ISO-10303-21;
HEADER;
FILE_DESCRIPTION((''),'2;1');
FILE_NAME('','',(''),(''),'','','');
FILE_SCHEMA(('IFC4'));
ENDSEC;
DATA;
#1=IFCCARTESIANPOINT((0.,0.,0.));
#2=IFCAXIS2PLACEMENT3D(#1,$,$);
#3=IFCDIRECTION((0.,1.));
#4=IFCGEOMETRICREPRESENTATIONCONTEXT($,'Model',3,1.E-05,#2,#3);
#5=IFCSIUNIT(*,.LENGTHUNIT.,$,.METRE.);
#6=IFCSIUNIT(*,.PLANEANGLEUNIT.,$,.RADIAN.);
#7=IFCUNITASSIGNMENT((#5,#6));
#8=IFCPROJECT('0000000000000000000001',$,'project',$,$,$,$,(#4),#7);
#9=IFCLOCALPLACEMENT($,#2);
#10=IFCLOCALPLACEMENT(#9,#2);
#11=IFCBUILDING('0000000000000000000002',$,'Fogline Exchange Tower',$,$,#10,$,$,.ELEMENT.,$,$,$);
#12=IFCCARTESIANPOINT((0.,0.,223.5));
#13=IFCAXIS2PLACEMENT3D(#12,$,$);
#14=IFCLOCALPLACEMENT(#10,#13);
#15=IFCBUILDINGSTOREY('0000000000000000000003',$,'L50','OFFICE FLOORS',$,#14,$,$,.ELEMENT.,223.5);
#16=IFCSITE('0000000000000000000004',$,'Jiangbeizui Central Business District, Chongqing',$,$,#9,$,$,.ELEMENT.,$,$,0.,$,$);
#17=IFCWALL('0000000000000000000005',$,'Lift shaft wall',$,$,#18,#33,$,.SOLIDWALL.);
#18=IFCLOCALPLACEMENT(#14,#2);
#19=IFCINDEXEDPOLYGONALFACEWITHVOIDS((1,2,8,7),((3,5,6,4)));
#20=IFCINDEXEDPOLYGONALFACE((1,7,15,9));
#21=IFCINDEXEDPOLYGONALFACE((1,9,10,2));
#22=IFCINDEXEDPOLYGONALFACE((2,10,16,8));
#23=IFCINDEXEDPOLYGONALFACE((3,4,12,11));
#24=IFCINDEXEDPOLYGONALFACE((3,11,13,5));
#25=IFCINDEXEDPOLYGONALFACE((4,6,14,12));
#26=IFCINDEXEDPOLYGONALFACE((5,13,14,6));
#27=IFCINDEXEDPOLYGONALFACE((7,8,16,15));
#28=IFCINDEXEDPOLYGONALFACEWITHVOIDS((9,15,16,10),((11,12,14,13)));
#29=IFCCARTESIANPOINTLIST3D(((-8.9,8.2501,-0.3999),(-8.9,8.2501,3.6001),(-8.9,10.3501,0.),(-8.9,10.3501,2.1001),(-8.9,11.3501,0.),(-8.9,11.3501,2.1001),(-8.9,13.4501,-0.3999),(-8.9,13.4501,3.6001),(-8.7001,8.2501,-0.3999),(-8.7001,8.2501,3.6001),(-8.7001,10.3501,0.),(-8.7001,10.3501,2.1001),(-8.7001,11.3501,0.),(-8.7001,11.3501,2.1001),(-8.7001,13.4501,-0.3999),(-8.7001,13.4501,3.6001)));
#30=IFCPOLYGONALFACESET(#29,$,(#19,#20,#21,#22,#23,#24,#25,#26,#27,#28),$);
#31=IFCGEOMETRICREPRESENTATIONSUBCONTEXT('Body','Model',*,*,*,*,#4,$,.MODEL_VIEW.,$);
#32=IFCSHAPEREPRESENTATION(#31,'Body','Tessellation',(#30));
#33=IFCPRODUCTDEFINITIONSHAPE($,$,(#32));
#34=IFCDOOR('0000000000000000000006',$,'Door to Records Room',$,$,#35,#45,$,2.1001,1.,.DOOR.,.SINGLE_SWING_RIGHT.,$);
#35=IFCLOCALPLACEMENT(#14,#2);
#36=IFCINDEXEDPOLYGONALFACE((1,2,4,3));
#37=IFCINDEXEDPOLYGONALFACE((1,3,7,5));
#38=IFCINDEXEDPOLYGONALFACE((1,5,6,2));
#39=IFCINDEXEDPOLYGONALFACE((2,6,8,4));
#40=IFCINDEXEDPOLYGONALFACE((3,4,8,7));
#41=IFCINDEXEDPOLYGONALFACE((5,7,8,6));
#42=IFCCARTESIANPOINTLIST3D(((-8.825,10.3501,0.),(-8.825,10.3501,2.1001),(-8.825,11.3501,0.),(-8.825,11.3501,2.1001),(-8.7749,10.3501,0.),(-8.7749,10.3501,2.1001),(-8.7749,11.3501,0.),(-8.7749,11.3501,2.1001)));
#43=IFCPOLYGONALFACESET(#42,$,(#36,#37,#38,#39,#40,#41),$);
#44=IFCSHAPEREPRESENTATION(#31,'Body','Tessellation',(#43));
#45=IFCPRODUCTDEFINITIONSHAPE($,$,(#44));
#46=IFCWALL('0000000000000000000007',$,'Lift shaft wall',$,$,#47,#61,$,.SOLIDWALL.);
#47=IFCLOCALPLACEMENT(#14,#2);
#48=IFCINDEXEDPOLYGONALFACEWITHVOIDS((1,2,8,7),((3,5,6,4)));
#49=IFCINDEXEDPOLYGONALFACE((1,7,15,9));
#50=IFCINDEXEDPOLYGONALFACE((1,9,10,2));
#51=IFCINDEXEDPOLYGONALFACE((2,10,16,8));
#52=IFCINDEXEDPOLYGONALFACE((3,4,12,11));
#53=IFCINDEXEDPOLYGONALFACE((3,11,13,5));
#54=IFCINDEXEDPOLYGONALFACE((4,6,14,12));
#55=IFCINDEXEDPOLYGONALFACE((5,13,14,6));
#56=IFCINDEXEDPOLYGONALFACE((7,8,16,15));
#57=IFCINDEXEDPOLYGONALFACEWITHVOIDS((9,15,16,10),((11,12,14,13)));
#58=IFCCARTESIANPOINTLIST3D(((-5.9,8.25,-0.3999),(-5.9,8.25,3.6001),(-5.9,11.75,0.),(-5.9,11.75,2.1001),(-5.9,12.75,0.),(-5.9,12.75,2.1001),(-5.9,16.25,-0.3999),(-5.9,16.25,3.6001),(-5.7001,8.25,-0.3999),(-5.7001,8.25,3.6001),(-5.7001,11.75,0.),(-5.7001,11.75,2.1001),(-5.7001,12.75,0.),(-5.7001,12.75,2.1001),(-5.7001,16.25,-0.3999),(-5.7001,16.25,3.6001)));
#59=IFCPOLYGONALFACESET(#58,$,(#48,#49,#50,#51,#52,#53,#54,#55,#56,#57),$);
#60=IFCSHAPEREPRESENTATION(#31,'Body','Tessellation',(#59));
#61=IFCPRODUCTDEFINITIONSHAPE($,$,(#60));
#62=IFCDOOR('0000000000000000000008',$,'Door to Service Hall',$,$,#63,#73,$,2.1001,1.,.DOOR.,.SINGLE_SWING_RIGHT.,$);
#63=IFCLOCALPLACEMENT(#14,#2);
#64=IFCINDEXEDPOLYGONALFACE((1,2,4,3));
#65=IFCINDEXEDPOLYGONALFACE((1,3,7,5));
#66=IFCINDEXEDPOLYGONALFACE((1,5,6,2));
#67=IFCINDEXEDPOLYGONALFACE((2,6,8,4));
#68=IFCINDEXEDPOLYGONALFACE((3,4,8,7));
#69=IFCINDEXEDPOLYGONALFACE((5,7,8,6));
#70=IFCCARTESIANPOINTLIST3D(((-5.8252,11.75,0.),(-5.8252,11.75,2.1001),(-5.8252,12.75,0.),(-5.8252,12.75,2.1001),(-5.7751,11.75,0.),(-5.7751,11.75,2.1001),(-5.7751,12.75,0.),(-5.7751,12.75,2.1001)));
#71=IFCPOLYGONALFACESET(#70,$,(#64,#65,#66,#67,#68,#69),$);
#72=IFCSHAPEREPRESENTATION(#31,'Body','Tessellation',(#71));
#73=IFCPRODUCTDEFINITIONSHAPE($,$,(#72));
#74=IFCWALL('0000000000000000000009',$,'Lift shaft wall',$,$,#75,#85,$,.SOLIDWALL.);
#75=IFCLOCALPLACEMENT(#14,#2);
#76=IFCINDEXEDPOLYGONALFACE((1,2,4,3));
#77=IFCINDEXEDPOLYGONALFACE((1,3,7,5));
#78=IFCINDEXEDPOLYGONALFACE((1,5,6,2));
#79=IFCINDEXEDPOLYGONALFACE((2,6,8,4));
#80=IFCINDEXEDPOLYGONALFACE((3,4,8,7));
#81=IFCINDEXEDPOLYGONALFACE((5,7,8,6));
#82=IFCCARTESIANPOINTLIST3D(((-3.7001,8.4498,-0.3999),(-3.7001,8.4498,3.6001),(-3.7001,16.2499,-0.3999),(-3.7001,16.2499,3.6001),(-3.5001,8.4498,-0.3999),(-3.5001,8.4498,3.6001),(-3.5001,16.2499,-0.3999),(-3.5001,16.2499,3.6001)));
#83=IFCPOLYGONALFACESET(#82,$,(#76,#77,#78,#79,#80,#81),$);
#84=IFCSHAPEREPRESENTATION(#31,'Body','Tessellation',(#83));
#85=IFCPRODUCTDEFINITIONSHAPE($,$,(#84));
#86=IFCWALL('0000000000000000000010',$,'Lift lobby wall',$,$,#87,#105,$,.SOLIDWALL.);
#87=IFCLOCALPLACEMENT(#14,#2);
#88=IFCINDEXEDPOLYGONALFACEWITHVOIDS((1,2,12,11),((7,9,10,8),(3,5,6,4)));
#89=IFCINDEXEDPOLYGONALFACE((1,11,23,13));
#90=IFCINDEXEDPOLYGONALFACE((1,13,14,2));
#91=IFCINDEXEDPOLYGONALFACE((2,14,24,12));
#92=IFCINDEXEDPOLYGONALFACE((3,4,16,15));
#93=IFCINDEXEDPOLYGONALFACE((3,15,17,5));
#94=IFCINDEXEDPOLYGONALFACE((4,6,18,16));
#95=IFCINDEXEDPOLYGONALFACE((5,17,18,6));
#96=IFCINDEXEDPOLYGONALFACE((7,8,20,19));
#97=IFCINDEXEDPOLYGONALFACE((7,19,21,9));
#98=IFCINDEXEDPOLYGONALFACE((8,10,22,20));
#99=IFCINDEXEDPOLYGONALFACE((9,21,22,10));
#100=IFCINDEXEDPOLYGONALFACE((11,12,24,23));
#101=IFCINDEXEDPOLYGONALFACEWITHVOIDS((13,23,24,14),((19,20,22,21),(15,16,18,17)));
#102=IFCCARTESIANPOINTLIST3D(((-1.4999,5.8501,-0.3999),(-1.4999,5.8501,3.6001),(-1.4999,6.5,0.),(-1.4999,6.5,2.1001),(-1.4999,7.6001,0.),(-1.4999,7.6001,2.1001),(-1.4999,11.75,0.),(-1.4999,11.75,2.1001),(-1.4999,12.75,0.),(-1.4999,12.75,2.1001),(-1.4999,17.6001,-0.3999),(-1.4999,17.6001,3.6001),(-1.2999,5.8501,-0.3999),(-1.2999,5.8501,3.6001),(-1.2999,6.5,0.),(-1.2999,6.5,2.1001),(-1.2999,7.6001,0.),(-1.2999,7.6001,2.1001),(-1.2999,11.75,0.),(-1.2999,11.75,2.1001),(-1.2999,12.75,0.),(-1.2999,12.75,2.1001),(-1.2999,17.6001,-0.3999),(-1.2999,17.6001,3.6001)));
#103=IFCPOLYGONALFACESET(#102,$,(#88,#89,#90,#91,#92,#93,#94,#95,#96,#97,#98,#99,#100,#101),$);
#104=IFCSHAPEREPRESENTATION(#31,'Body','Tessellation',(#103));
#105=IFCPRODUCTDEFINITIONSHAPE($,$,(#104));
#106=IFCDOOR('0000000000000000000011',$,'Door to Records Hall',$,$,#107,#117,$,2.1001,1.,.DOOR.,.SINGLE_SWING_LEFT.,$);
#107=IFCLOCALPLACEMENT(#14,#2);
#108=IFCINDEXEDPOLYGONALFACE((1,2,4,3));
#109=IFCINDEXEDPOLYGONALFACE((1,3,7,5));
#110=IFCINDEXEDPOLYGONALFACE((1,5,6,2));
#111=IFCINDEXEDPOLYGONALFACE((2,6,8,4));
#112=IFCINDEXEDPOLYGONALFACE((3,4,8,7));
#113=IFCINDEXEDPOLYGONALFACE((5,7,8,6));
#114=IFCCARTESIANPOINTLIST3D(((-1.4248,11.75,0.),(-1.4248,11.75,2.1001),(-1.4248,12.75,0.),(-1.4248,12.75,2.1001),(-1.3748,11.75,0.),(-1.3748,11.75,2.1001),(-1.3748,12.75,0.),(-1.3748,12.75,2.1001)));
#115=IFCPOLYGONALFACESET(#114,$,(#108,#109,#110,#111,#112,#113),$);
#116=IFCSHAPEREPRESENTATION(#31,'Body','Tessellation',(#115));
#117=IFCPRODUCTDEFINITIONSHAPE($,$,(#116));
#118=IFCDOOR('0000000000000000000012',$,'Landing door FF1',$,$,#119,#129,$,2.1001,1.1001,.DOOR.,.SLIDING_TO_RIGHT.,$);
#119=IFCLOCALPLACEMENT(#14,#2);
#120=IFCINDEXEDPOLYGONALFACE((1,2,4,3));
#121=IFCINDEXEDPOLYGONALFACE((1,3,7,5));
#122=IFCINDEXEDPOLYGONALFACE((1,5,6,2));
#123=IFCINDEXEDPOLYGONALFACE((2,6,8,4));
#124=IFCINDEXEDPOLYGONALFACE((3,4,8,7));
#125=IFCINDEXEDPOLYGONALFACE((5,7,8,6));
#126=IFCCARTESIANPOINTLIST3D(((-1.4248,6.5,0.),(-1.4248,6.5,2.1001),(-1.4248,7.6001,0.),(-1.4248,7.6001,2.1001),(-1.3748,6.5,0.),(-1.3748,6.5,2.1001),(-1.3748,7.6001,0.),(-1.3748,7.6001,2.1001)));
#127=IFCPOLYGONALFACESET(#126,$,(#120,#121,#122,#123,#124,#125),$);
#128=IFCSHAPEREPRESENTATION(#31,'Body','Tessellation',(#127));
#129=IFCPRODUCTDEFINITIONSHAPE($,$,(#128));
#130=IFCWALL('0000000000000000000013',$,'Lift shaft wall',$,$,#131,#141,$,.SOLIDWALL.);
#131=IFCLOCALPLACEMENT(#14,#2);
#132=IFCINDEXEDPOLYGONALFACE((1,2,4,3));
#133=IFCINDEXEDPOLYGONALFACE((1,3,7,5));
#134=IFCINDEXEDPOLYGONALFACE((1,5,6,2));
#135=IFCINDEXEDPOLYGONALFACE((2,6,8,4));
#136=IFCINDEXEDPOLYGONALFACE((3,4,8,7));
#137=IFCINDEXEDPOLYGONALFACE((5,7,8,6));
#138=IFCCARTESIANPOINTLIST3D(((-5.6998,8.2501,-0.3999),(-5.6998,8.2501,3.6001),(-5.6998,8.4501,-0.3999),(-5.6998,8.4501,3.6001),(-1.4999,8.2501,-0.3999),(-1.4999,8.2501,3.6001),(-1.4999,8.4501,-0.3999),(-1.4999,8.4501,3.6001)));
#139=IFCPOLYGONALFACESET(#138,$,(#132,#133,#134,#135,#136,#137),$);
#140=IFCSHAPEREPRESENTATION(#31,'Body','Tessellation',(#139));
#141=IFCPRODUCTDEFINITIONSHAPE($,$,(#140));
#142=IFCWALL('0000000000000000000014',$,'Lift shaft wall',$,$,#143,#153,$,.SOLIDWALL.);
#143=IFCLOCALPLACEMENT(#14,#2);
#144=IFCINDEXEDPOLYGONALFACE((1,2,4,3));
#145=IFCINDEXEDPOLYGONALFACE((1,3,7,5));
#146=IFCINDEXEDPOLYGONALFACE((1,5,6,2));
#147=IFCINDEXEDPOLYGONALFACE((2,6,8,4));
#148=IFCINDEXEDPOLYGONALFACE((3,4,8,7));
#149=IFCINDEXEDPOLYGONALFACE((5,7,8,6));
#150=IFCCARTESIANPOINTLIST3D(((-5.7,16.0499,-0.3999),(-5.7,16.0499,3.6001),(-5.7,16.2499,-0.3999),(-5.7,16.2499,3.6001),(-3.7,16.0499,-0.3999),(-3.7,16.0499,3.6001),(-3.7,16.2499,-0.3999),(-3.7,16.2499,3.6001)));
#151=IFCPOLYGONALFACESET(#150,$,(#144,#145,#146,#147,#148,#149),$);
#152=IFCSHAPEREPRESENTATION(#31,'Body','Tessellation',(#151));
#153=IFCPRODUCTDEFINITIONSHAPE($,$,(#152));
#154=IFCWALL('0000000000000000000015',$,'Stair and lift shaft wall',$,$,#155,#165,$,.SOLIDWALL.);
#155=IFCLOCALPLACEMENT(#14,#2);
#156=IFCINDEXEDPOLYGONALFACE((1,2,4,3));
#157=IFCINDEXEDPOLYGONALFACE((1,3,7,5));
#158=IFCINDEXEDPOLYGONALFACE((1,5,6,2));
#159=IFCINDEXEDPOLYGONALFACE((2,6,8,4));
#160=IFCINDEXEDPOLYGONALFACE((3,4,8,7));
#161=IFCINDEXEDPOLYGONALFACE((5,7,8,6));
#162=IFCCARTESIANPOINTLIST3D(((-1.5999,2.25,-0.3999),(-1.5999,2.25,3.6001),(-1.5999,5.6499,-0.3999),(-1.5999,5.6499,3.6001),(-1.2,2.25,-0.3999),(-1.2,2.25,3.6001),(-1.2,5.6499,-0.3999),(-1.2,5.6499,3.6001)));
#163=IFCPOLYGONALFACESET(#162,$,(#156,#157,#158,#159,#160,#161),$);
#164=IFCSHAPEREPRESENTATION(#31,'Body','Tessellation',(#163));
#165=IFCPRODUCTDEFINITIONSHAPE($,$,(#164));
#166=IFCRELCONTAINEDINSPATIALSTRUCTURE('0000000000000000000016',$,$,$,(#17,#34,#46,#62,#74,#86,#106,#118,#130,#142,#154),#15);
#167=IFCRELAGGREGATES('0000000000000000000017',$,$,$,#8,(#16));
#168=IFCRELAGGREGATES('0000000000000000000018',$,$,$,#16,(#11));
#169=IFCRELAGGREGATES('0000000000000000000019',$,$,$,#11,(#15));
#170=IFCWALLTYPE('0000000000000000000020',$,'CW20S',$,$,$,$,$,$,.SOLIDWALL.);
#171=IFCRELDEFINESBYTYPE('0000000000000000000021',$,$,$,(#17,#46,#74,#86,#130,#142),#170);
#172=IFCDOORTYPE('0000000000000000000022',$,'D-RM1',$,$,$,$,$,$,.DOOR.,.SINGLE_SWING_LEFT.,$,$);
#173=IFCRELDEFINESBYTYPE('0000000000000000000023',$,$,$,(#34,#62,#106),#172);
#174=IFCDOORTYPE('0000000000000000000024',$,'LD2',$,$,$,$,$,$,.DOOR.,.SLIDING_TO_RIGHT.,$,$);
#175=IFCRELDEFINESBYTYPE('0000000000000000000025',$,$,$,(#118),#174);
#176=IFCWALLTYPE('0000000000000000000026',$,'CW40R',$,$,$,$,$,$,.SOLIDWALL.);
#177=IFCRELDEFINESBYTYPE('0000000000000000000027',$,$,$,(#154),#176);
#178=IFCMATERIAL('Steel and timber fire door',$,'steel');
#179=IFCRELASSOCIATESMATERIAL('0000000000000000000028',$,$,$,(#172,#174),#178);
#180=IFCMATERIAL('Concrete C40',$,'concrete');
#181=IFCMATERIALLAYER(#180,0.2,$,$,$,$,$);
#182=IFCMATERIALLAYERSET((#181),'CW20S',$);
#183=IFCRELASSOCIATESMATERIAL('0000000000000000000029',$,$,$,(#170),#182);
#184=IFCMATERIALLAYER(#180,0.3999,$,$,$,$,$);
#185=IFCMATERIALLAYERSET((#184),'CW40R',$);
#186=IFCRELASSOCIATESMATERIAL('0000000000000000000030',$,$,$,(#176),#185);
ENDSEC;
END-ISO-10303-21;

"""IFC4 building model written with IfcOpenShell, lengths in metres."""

from ifc_helpers import new_model, si_unit, direction, frame, frame_2d, origin, place, context, subcontext, project, spatial, rectangle, extrude, material, layer, layer_set, type_object, element, fill, save


model = new_model("IFC4")

# Units and contexts
model_context = context("Model", 3, precision=1e-05, world=origin(), true_north=direction((0.0, 1.0)))
body_context = subcontext(model_context, "Body", "Model", "MODEL_VIEW")
ifc_project = project(units=[si_unit("LENGTHUNIT", "METRE"), si_unit("PLANEANGLEUNIT", "RADIAN")], contexts=[model_context])

# Site, building, storey
site_placement = place(None, origin())
site = spatial("IfcSite", under=ifc_project, at=site_placement, Name="Jiangbeizui Central Business District, Chongqing", CompositionType="ELEMENT", RefElevation=0.0)
building_placement = place(site_placement, origin())
building = spatial("IfcBuilding", under=site, at=building_placement, Name="Fogline Exchange Tower", CompositionType="ELEMENT")
storey_placement = place(building_placement, frame((0.0, 0.0, 223.5)))
storey = spatial("IfcBuildingStorey", under=building, at=storey_placement, Name="L50", Description="OFFICE FLOORS", CompositionType="ELEMENT", Elevation=223.5)

# Shared definitions
ifc_material_1 = material(Name="Steel and timber fire door", Category="steel")

# Walls, openings, doors
ifc_material_2 = material(Name="Concrete C40", Category="concrete")
door_type_1 = type_object("IfcDoorType", Name="D-RM1", OperationType="SINGLE_SWING_LEFT", PredefinedType="DOOR", material=ifc_material_1)
ifc_layer_1 = layer(ifc_material_2, 0.2)
ifc_layer_set_1 = layer_set([ifc_layer_1], Name="CW20S")
wall_type_1 = type_object("IfcWallType", Name="CW20S", PredefinedType="SOLIDWALL", material=ifc_layer_set_1)
wall_1_placement = place(storey_placement, frame((-8.8, 8.25, -0.3999), z_axis=(0.0, 0.0, 1.0), x_axis=(0.0, 1.0, 0.0)))
wall_1 = element("IfcWall", 1, at=wall_1_placement, inside=storey, type_object=wall_type_1, Name="Lift shaft wall", PredefinedType="SOLIDWALL", context=body_context, shape_type="SweptSolid", body=[
    extrude(rectangle(XDim=5.2, YDim=0.2, at=frame_2d((2.6001, 0.0))), origin(), (0.0, 0.0, 1.0), 4.0),
])
opening_1_placement = place(wall_1_placement, frame((2.1001, 0.0, 0.3999)))
opening_1 = element("IfcOpeningElement", 2, at=opening_1_placement, cuts=wall_1, PredefinedType="OPENING", context=body_context, shape_type="SweptSolid", body=[
    extrude(rectangle(XDim=1.0, YDim=2.1001, at=frame_2d((0.5, 1.05))), frame((0.0, 0.1099, 0.0), z_axis=(0.0, -1.0, 0.0), x_axis=(1.0, 0.0, 0.0)), (0.0, 0.0, 1.0), 0.22),
])
door_1_placement = place(opening_1_placement, origin())
door_1 = element("IfcDoor", 3, at=door_1_placement, inside=storey, type_object=door_type_1, Name="Door to Records Room", OperationType="SINGLE_SWING_RIGHT", OverallHeight=2.1001, OverallWidth=1.0, PredefinedType="DOOR", context=body_context, shape_type="SweptSolid", body=[
    extrude(rectangle(XDim=1.0, YDim=2.1001, at=frame_2d((0.5, 1.05))), frame((0.0, 0.0249, 0.0), z_axis=(0.0, -1.0, 0.0), x_axis=(1.0, 0.0, 0.0)), (0.0, 0.0, 1.0), 0.05),
])
fill(opening_1, door_1)
wall_2_placement = place(storey_placement, frame((-5.8, 8.25, -0.3999), z_axis=(0.0, 0.0, 1.0), x_axis=(0.0, 1.0, 0.0)))
wall_2 = element("IfcWall", 4, at=wall_2_placement, inside=storey, type_object=wall_type_1, Name="Lift shaft wall", PredefinedType="SOLIDWALL", context=body_context, shape_type="SweptSolid", body=[
    extrude(rectangle(XDim=8.0, YDim=0.2, at=frame_2d((4.0, 0.0))), origin(), (0.0, 0.0, 1.0), 4.0),
])
opening_2_placement = place(wall_2_placement, frame((3.5, 0.0, 0.3999)))
opening_2 = element("IfcOpeningElement", 5, at=opening_2_placement, cuts=wall_2, PredefinedType="OPENING", context=body_context, shape_type="SweptSolid", body=[
    extrude(rectangle(XDim=1.0, YDim=2.1001, at=frame_2d((0.5, 1.05))), frame((0.0, 0.1099, 0.0), z_axis=(0.0, -1.0, 0.0), x_axis=(1.0, 0.0, 0.0)), (0.0, 0.0, 1.0), 0.22),
])
door_2_placement = place(opening_2_placement, frame((1.0, 0.0, 0.0), z_axis=(0.0, 0.0, 1.0), x_axis=(-1.0, 0.0, 0.0)))
door_2 = element("IfcDoor", 6, at=door_2_placement, inside=storey, type_object=door_type_1, Name="Door to Service Hall", OperationType="SINGLE_SWING_RIGHT", OverallHeight=2.1001, OverallWidth=1.0, PredefinedType="DOOR", context=body_context, shape_type="SweptSolid", body=[
    extrude(rectangle(XDim=1.0, YDim=2.1001, at=frame_2d((0.5, 1.05))), frame((0.0, 0.0249, 0.0), z_axis=(0.0, -1.0, 0.0), x_axis=(1.0, 0.0, 0.0)), (0.0, 0.0, 1.0), 0.05),
])
fill(opening_2, door_2)

# Wall
wall_3_placement = place(storey_placement, frame((-3.6001, 8.45, -0.3999), z_axis=(0.0, 0.0, 1.0), x_axis=(0.0, 1.0, 0.0)))
element("IfcWall", 7, at=wall_3_placement, inside=storey, type_object=wall_type_1, Name="Lift shaft wall", PredefinedType="SOLIDWALL", context=body_context, shape_type="SweptSolid", body=[
    extrude(rectangle(XDim=7.8, YDim=0.2, at=frame_2d((3.8999, 0.0))), origin(), (0.0, 0.0, 1.0), 4.0),
])

# Wall, openings, doors
wall_4_placement = place(storey_placement, frame((-1.3999, 5.8501, -0.3999), z_axis=(0.0, 0.0, 1.0), x_axis=(0.0, 1.0, 0.0)))
wall_4 = element("IfcWall", 8, at=wall_4_placement, inside=storey, type_object=wall_type_1, Name="Lift lobby wall", PredefinedType="SOLIDWALL", context=body_context, shape_type="SweptSolid", body=[
    extrude(rectangle(XDim=11.75, YDim=0.2, at=frame_2d((5.875, 0.0))), origin(), (0.0, 0.0, 1.0), 4.0),
])
opening_3_placement = place(wall_4_placement, frame((0.6499, 0.0, 0.3999)))
opening_3 = element("IfcOpeningElement", 9, at=opening_3_placement, cuts=wall_4, PredefinedType="OPENING", context=body_context, shape_type="SweptSolid", body=[
    extrude(rectangle(XDim=1.1001, YDim=2.1001, at=frame_2d((0.55, 1.05))), frame((0.0, 0.1099, 0.0), z_axis=(0.0, -1.0, 0.0), x_axis=(1.0, 0.0, 0.0)), (0.0, 0.0, 1.0), 0.22),
])
opening_4_placement = place(wall_4_placement, frame((5.8999, 0.0, 0.3999)))
opening_4 = element("IfcOpeningElement", 10, at=opening_4_placement, cuts=wall_4, PredefinedType="OPENING", context=body_context, shape_type="SweptSolid", body=[
    extrude(rectangle(XDim=1.0, YDim=2.1001, at=frame_2d((0.5, 1.05))), frame((0.0, 0.1099, 0.0), z_axis=(0.0, -1.0, 0.0), x_axis=(1.0, 0.0, 0.0)), (0.0, 0.0, 1.0), 0.22),
])
door_3_placement = place(opening_4_placement, origin())
door_3 = element("IfcDoor", 11, at=door_3_placement, inside=storey, type_object=door_type_1, Name="Door to Records Hall", OperationType="SINGLE_SWING_LEFT", OverallHeight=2.1001, OverallWidth=1.0, PredefinedType="DOOR", context=body_context, shape_type="SweptSolid", body=[
    extrude(rectangle(XDim=1.0, YDim=2.1001, at=frame_2d((0.5, 1.05))), frame((0.0, 0.0249, 0.0), z_axis=(0.0, -1.0, 0.0), x_axis=(1.0, 0.0, 0.0)), (0.0, 0.0, 1.0), 0.05),
])
fill(opening_4, door_3)
door_type_2 = type_object("IfcDoorType", Name="LD2", OperationType="SLIDING_TO_RIGHT", PredefinedType="DOOR", material=ifc_material_1)
door_4_placement = place(opening_3_placement, origin())
door_4 = element("IfcDoor", 12, at=door_4_placement, inside=storey, type_object=door_type_2, Name="Landing door FF1", OperationType="SLIDING_TO_RIGHT", OverallHeight=2.1001, OverallWidth=1.1001, PredefinedType="DOOR", context=body_context, shape_type="SweptSolid", body=[
    extrude(rectangle(XDim=1.1001, YDim=2.1001, at=frame_2d((0.55, 1.05))), frame((0.0, 0.0249, 0.0), z_axis=(0.0, -1.0, 0.0), x_axis=(1.0, 0.0, 0.0)), (0.0, 0.0, 1.0), 0.05),
])
fill(opening_3, door_4)

# Walls
wall_5_placement = place(storey_placement, frame((-5.7, 8.3501, -0.3999), z_axis=(0.0, 0.0, 1.0), x_axis=(1.0, 0.0, 0.0)))
element("IfcWall", 13, at=wall_5_placement, inside=storey, type_object=wall_type_1, Name="Lift shaft wall", PredefinedType="SOLIDWALL", context=body_context, shape_type="SweptSolid", body=[
    extrude(rectangle(XDim=4.2, YDim=0.2, at=frame_2d((2.1001, 0.0))), origin(), (0.0, 0.0, 1.0), 4.0),
])
wall_6_placement = place(storey_placement, frame((-5.7, 16.1499, -0.3999), z_axis=(0.0, 0.0, 1.0), x_axis=(1.0, 0.0, 0.0)))
element("IfcWall", 14, at=wall_6_placement, inside=storey, type_object=wall_type_1, Name="Lift shaft wall", PredefinedType="SOLIDWALL", context=body_context, shape_type="SweptSolid", body=[
    extrude(rectangle(XDim=2.0, YDim=0.2, at=frame_2d((1.0, 0.0))), origin(), (0.0, 0.0, 1.0), 4.0),
])
ifc_layer_2 = layer(ifc_material_2, 0.3999)
ifc_layer_set_2 = layer_set([ifc_layer_2], Name="CW40R")
wall_type_2 = type_object("IfcWallType", Name="CW40R", PredefinedType="SOLIDWALL", material=ifc_layer_set_2)
wall_7_placement = place(storey_placement, frame((-1.3999, 2.25, -0.3999), z_axis=(0.0, 0.0, 1.0), x_axis=(0.0, 1.0, 0.0)))
element("IfcWall", 15, at=wall_7_placement, inside=storey, type_object=wall_type_2, Name="Stair and lift shaft wall", PredefinedType="SOLIDWALL", context=body_context, shape_type="SweptSolid", body=[
    extrude(rectangle(XDim=3.3999, YDim=0.3999, at=frame_2d((1.7, 0.0))), origin(), (0.0, 0.0, 1.0), 4.0),
])

save(model, "model.ifc")
